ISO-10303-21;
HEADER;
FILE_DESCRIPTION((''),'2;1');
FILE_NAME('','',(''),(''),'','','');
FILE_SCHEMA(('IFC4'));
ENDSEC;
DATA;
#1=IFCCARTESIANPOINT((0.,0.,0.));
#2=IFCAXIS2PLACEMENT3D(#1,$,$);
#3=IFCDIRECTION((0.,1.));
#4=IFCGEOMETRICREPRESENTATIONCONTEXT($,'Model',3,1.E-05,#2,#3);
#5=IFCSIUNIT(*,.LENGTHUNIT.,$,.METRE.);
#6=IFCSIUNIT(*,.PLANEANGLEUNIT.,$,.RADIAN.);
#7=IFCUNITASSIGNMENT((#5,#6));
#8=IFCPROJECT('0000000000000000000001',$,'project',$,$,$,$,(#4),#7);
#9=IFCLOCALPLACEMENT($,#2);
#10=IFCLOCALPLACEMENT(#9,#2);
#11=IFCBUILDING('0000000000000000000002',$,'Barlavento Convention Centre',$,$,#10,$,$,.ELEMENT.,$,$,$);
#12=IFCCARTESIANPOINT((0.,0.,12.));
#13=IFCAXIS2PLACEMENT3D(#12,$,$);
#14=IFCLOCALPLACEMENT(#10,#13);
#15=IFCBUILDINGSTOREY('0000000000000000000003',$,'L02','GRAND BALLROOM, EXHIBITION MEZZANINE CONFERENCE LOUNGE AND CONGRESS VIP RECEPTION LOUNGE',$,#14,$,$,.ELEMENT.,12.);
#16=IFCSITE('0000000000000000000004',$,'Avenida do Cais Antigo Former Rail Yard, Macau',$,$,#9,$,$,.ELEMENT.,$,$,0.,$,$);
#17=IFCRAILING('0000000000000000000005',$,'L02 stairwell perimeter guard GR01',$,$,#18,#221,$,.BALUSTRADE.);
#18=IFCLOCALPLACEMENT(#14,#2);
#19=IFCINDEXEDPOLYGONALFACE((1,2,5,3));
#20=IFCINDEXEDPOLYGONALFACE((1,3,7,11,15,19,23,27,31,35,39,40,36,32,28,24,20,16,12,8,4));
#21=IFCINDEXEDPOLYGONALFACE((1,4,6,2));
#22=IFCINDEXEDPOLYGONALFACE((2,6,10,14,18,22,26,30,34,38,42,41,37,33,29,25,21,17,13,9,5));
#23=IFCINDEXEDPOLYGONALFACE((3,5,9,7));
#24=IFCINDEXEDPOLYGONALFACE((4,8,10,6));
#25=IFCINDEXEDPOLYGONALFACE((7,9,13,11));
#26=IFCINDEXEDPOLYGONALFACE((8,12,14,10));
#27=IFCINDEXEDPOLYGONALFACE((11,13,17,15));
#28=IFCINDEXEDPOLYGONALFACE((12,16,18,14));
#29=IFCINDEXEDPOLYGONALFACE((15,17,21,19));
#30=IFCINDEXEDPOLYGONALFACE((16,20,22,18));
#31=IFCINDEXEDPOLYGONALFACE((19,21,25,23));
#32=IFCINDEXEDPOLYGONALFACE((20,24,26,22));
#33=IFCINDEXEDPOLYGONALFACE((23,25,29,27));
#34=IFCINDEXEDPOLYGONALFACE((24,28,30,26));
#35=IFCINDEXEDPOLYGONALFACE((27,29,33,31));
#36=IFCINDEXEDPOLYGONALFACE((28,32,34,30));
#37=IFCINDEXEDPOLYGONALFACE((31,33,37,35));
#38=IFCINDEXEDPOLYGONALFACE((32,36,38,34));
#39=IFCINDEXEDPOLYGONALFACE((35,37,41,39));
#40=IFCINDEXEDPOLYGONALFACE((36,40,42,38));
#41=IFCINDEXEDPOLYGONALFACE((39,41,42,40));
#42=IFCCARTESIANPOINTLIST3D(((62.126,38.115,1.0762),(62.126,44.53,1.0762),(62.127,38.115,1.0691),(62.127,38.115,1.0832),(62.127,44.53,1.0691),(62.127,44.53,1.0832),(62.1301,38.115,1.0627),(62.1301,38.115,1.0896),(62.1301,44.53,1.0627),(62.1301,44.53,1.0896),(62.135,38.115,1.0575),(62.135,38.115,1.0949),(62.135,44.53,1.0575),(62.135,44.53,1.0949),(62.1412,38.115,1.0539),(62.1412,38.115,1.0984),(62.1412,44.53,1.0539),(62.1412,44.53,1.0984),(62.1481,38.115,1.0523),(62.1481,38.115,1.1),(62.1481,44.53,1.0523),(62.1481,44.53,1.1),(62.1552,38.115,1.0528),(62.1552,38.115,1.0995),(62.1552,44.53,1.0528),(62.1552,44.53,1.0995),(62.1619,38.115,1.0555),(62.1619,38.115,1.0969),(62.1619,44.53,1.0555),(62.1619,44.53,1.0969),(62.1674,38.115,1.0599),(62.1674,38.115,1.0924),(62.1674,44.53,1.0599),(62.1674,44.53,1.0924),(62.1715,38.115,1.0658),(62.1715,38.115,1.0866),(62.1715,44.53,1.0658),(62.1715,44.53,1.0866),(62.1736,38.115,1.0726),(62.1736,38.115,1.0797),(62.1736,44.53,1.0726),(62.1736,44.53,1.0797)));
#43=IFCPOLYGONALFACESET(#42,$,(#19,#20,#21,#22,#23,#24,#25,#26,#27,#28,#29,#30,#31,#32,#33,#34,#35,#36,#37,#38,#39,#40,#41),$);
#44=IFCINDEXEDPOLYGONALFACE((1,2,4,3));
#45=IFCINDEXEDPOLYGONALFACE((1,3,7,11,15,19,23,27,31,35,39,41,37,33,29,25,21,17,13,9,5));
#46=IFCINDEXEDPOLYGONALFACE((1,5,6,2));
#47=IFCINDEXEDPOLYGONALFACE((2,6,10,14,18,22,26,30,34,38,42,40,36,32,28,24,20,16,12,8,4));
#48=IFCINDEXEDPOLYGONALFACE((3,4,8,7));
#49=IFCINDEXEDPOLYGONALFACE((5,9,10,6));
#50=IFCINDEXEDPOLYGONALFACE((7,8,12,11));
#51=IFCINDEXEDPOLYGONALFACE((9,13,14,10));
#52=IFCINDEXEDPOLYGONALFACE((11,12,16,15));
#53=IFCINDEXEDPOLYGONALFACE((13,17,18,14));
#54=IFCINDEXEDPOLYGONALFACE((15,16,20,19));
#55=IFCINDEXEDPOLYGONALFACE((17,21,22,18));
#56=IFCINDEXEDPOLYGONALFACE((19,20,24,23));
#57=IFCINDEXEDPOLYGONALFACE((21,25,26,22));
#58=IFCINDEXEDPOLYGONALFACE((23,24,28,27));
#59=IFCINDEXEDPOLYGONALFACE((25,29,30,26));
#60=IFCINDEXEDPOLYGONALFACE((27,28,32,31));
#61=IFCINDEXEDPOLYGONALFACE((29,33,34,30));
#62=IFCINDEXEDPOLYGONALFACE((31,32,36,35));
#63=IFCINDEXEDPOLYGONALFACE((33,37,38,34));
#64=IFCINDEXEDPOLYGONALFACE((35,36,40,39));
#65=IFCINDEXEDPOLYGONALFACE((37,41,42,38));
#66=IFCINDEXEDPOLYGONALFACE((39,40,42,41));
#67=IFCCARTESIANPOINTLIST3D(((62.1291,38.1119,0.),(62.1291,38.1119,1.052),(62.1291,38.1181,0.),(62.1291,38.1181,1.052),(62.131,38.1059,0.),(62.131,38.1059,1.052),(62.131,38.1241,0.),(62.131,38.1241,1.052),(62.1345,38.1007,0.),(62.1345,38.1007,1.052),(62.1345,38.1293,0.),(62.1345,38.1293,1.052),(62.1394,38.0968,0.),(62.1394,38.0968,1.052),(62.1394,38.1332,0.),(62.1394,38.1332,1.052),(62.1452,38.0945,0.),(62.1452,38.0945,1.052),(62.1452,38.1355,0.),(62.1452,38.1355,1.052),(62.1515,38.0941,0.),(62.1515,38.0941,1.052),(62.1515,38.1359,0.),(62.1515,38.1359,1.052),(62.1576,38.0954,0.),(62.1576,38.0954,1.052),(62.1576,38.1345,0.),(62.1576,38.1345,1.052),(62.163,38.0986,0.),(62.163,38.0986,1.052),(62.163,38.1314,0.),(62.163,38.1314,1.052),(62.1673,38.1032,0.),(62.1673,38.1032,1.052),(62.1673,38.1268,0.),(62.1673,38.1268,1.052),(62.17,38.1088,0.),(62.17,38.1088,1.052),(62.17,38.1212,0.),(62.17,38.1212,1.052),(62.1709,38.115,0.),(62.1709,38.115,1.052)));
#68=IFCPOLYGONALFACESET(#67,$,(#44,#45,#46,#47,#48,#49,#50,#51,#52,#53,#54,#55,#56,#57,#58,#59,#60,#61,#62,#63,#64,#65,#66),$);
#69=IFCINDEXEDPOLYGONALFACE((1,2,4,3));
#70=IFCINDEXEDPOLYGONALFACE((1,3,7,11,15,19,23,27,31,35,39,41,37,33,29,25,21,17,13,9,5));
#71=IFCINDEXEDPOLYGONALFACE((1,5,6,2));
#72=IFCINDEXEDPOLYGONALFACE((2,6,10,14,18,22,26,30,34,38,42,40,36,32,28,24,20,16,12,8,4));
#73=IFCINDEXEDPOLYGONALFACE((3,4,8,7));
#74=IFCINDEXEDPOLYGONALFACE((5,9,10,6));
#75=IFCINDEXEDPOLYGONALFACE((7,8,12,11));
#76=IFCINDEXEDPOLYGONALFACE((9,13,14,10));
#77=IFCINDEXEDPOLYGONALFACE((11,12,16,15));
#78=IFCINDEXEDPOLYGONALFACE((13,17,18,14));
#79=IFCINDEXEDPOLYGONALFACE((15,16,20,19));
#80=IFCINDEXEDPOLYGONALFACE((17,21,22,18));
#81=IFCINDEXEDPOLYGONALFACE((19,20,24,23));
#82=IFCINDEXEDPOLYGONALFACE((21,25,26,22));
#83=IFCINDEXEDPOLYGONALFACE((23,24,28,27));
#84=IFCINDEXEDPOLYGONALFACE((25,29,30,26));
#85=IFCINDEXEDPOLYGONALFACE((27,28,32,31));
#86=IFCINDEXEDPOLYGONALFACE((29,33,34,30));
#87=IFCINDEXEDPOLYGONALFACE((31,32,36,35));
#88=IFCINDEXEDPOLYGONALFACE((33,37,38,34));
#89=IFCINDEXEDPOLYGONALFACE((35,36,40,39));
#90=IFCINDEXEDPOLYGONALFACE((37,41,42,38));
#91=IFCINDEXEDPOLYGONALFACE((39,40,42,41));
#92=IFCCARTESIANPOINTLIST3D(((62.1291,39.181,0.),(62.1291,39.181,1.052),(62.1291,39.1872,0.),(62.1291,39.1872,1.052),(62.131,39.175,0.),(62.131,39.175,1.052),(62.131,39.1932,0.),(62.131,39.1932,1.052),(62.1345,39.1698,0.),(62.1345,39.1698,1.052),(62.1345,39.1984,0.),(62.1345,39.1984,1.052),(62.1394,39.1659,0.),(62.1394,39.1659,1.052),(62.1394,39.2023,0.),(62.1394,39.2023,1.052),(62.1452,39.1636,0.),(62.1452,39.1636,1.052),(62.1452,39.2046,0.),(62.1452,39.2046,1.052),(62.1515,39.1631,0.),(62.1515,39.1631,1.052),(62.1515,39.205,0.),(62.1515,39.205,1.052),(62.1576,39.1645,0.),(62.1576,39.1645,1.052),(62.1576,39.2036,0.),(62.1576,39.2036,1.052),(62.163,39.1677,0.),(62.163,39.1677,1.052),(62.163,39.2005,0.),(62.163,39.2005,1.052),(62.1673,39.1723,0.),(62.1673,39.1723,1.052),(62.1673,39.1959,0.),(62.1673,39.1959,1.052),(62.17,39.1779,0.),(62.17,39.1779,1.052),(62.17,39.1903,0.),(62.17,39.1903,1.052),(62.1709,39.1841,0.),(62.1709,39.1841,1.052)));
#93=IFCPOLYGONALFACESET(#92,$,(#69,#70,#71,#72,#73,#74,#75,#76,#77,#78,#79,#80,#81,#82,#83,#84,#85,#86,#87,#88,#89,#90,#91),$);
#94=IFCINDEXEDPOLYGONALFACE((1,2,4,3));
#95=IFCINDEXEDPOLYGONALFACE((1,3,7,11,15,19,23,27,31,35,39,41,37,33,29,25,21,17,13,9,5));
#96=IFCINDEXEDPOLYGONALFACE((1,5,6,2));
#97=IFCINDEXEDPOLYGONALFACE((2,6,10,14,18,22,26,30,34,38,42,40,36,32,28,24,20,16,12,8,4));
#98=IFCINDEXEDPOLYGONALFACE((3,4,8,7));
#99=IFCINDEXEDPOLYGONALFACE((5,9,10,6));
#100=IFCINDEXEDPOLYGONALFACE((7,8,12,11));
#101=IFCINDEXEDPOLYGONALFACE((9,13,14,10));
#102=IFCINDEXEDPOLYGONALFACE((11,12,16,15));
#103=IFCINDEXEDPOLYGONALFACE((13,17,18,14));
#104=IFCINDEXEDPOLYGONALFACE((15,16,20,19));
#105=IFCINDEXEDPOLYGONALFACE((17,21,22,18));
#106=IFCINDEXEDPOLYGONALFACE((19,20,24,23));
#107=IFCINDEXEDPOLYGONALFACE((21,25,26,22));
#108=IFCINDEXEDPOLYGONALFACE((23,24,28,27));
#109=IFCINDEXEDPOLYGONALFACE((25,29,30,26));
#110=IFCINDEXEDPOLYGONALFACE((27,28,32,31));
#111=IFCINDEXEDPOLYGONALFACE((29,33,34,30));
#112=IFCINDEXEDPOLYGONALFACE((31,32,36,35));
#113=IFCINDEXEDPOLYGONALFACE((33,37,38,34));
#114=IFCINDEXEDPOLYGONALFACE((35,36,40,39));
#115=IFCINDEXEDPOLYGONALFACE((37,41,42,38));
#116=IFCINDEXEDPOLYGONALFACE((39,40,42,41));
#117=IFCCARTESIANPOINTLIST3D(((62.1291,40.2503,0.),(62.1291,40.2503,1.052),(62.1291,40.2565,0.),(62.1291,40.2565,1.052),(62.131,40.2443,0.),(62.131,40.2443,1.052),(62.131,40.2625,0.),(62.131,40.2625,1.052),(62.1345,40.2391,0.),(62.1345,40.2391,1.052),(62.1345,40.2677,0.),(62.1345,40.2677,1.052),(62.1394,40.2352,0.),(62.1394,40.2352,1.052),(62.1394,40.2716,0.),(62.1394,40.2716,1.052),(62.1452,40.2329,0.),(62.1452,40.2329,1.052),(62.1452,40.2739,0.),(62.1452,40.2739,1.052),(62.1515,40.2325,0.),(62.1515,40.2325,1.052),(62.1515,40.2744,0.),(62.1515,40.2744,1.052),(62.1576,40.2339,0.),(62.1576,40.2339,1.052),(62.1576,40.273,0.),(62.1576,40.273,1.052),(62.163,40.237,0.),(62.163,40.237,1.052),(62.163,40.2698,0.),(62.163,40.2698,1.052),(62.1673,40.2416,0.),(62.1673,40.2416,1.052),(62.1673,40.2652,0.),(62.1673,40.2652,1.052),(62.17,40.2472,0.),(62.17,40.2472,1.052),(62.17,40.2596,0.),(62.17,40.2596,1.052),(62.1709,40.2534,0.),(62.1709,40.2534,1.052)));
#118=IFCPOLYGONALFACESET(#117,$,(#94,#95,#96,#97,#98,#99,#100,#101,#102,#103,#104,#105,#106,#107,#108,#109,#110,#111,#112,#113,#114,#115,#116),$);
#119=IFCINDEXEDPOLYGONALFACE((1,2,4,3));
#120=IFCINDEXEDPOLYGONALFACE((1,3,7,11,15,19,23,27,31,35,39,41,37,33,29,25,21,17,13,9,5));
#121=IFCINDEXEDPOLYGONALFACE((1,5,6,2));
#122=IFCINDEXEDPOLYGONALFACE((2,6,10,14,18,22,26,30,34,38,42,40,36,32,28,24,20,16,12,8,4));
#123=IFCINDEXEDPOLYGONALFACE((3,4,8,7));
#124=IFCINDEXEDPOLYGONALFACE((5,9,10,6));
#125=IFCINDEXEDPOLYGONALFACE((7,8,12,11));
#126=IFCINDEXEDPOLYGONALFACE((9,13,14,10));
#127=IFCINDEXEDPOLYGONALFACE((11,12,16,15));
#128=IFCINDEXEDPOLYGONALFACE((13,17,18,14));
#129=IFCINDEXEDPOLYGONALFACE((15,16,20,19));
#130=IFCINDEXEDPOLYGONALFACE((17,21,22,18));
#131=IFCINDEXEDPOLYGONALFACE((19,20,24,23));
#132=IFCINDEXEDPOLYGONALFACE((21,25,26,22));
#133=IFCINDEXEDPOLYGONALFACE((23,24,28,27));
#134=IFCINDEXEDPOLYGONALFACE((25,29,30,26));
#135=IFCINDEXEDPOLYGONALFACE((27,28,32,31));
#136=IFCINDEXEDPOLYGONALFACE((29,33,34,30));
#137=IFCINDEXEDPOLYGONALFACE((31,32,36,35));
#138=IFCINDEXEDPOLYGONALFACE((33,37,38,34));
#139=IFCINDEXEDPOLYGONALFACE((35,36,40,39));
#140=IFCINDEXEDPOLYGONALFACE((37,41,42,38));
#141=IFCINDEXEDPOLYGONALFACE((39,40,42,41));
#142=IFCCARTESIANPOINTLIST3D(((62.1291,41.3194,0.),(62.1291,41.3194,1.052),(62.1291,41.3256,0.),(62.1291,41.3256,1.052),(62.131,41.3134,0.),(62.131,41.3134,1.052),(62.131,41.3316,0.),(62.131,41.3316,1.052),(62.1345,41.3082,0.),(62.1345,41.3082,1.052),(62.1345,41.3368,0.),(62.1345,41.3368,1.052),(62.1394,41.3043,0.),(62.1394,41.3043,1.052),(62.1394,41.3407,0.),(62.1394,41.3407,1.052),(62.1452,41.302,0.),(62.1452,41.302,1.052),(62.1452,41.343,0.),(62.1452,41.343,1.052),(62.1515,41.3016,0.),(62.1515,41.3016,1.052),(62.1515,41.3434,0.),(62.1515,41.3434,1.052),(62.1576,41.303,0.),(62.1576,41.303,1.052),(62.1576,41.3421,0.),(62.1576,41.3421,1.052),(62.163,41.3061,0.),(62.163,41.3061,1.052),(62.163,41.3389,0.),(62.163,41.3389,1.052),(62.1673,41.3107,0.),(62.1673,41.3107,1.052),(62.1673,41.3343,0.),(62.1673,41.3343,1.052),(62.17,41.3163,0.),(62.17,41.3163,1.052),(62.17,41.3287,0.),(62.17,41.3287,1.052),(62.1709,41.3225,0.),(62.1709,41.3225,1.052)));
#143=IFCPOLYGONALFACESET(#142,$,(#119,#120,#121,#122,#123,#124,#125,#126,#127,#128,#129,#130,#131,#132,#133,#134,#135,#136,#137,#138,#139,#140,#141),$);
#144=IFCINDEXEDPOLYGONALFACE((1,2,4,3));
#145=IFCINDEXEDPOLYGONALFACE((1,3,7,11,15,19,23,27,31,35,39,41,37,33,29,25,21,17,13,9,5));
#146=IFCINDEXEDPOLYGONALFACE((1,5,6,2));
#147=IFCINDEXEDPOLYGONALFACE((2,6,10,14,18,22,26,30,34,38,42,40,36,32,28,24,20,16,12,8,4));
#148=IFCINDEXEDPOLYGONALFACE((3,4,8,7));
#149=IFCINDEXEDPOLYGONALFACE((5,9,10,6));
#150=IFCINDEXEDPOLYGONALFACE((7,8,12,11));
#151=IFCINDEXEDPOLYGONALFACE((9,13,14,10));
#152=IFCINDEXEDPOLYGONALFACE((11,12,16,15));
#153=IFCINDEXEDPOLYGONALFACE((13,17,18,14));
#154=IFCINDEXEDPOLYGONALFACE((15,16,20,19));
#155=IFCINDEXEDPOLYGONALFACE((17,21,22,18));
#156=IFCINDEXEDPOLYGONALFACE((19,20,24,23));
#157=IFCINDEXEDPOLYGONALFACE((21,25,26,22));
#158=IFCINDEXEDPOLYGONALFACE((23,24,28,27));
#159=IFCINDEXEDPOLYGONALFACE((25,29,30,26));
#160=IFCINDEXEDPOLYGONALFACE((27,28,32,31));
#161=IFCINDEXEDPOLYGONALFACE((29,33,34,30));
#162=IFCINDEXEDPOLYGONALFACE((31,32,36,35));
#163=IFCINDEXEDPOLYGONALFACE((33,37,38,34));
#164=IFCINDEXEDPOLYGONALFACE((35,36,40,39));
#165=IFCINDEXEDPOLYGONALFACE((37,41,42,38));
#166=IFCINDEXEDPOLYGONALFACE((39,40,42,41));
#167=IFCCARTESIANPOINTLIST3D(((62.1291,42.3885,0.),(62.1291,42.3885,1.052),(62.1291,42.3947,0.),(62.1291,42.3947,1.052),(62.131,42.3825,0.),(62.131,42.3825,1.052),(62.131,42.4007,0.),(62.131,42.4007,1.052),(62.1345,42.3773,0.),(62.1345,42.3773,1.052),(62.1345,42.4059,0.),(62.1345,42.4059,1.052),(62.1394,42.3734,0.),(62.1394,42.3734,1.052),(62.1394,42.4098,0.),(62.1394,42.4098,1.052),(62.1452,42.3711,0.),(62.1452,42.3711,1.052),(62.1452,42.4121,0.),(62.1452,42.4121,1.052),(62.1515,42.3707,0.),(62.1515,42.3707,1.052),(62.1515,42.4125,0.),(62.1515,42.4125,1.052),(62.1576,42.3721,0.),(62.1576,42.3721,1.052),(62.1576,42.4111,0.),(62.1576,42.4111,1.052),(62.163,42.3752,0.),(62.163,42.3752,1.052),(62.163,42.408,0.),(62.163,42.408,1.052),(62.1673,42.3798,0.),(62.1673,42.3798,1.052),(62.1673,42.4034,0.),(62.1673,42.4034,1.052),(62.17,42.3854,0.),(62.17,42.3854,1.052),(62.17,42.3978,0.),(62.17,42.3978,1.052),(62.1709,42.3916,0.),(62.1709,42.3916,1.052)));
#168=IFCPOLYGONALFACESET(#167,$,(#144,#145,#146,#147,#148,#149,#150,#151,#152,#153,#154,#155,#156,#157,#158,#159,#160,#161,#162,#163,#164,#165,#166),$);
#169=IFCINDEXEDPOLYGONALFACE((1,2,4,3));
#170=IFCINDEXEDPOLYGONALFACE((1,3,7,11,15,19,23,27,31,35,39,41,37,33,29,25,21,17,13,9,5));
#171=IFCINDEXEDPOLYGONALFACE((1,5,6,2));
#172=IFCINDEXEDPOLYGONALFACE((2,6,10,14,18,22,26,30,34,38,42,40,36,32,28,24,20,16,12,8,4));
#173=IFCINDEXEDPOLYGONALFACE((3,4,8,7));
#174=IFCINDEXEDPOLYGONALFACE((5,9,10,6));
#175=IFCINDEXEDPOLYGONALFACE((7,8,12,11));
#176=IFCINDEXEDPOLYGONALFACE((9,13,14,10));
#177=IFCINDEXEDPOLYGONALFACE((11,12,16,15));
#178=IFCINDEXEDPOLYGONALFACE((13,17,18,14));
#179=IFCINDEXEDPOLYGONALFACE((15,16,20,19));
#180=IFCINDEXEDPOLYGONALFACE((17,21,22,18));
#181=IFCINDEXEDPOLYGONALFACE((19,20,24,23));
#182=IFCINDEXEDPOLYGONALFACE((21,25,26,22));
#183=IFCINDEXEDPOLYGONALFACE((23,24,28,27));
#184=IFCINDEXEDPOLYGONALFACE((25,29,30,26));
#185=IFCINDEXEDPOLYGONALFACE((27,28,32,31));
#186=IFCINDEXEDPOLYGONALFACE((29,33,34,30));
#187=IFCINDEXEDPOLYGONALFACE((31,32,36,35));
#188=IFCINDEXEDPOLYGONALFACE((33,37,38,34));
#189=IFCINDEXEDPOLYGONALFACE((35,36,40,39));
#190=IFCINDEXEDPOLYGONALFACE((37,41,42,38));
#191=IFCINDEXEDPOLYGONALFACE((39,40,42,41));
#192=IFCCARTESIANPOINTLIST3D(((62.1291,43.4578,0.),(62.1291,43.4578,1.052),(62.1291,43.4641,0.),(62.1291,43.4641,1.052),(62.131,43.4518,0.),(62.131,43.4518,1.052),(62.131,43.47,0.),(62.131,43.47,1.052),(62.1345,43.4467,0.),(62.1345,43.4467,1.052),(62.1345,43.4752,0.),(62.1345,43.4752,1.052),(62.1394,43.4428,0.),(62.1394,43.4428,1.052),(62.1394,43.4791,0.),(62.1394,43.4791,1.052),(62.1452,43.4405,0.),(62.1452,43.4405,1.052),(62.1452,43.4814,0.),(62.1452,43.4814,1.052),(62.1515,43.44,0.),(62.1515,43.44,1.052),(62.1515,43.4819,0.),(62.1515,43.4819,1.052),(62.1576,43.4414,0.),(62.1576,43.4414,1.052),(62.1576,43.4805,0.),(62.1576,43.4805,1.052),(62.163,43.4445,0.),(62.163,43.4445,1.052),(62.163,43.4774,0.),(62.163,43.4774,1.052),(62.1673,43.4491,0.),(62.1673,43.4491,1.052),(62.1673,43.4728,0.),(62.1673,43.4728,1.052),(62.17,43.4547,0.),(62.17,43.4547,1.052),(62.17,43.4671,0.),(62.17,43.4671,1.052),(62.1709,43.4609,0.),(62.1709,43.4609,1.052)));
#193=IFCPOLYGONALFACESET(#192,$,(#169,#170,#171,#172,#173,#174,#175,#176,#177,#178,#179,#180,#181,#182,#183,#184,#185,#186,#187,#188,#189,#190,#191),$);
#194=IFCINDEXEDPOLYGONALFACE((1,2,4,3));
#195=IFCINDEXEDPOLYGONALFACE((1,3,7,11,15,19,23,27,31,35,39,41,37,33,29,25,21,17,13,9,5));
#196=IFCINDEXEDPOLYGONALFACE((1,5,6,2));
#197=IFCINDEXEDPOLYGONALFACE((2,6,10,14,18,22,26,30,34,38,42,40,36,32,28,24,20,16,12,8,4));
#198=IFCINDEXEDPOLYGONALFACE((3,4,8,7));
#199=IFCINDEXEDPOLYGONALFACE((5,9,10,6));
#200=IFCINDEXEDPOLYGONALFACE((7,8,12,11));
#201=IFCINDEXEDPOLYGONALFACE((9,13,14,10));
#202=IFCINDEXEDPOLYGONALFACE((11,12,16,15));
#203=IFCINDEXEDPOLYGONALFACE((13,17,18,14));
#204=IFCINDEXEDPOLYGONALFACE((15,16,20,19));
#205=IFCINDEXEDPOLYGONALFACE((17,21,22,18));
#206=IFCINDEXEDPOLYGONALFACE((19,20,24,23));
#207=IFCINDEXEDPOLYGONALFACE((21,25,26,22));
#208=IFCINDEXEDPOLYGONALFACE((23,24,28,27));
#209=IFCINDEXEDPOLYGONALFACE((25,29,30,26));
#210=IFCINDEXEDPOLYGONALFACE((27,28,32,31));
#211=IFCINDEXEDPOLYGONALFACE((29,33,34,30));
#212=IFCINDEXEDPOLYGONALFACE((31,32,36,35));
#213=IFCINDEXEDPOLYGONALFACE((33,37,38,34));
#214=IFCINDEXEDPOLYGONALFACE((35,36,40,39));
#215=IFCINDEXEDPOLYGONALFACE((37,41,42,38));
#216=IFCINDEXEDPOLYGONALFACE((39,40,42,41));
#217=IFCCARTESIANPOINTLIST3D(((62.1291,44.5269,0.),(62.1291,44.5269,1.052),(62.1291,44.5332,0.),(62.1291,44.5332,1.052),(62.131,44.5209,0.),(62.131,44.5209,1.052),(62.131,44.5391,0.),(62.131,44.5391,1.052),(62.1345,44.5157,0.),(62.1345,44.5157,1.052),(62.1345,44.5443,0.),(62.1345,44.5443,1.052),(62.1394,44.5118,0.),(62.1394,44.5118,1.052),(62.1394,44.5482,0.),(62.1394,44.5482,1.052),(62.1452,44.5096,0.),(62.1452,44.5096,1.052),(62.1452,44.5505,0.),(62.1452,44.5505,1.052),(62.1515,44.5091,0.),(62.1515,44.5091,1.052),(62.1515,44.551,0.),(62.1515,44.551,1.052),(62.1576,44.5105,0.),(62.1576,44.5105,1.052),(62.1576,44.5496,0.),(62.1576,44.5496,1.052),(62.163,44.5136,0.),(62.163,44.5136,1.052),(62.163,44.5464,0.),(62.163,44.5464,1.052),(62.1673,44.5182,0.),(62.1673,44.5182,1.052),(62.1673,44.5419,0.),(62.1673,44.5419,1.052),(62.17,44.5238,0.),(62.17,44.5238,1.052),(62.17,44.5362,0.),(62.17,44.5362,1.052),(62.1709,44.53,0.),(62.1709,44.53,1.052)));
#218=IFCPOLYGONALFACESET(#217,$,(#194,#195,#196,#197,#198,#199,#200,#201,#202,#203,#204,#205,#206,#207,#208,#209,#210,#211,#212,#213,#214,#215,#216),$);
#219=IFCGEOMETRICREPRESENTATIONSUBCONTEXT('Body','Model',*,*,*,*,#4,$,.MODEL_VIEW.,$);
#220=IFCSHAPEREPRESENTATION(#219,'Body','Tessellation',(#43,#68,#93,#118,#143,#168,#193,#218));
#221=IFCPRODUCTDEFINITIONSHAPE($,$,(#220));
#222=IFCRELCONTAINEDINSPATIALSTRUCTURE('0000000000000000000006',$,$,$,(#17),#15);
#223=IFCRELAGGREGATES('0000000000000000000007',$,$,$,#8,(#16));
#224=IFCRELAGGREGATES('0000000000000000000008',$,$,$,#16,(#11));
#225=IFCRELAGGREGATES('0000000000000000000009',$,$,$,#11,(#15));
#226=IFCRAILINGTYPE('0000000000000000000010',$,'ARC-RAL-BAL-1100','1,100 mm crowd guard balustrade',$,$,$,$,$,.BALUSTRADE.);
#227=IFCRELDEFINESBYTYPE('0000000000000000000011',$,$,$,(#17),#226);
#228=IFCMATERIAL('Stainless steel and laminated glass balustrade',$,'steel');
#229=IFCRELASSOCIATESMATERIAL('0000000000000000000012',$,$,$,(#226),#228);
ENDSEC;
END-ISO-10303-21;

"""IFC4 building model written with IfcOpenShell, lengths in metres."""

from ifc_helpers import new_model, si_unit, direction, frame, origin, origin_2d, place, context, subcontext, project, spatial, circle, extrude, material, type_object, element, save


model = new_model("IFC4")

# Units and contexts
model_context = context("Model", 3, precision=1e-05, world=origin(), true_north=direction((0.0, 1.0)))
body_context = subcontext(model_context, "Body", "Model", "MODEL_VIEW")
ifc_project = project(units=[si_unit("LENGTHUNIT", "METRE"), si_unit("PLANEANGLEUNIT", "RADIAN")], contexts=[model_context])

# Site, building, storey
site_placement = place(None, origin())
site = spatial("IfcSite", under=ifc_project, at=site_placement, Name="Avenida do Cais Antigo Former Rail Yard, Macau", CompositionType="ELEMENT", RefElevation=0.0)
building_placement = place(site_placement, origin())
building = spatial("IfcBuilding", under=site, at=building_placement, Name="Barlavento Convention Centre", CompositionType="ELEMENT")
storey_placement = place(building_placement, frame((0.0, 0.0, 12.0)))
storey = spatial("IfcBuildingStorey", under=building, at=storey_placement, Name="L02", Description="GRAND BALLROOM, EXHIBITION MEZZANINE CONFERENCE LOUNGE AND CONGRESS VIP RECEPTION LOUNGE", CompositionType="ELEMENT", Elevation=12.0)

# Railing
ifc_material_1 = material(Name="Stainless steel and laminated glass balustrade", Category="steel")
railing_type = type_object("IfcRailingType", Name="ARC-RAL-BAL-1100", Description="1,100 mm crowd guard balustrade", PredefinedType="BALUSTRADE", material=ifc_material_1)
railing_1_placement = place(storey_placement, frame((62.1499, 38.115, 0.0)))
element("IfcRailing", 1, at=railing_1_placement, inside=storey, type_object=railing_type, Name="L02 stairwell perimeter guard GR01", PredefinedType="BALUSTRADE", context=body_context, shape_type="SweptSolid", body=[
    extrude(circle(Radius=0.0239, at=origin_2d()), frame((0.0, 0.0, 1.0762), z_axis=(0.0, 1.0, 0.0), x_axis=(-1.0, 0.0, 0.0)), (0.0, 0.0, 1.0), 6.415),
    extrude(circle(Radius=0.021, at=origin_2d()), origin(), (0.0, 0.0, 1.0), 1.052),
    extrude(circle(Radius=0.021, at=origin_2d()), frame((0.0, 1.0691, 0.0)), (0.0, 0.0, 1.0), 1.052),
    extrude(circle(Radius=0.021, at=origin_2d()), frame((0.0, 2.1384, 0.0)), (0.0, 0.0, 1.0), 1.052),
    extrude(circle(Radius=0.021, at=origin_2d()), frame((0.0, 3.2075, 0.0)), (0.0, 0.0, 1.0), 1.052),
    extrude(circle(Radius=0.021, at=origin_2d()), frame((0.0, 4.2766, 0.0)), (0.0, 0.0, 1.0), 1.052),
    extrude(circle(Radius=0.021, at=origin_2d()), frame((0.0, 5.3459, 0.0)), (0.0, 0.0, 1.0), 1.052),
    extrude(circle(Radius=0.021, at=origin_2d()), frame((0.0, 6.415, 0.0)), (0.0, 0.0, 1.0), 1.052),
])

save(model, "model.ifc")
